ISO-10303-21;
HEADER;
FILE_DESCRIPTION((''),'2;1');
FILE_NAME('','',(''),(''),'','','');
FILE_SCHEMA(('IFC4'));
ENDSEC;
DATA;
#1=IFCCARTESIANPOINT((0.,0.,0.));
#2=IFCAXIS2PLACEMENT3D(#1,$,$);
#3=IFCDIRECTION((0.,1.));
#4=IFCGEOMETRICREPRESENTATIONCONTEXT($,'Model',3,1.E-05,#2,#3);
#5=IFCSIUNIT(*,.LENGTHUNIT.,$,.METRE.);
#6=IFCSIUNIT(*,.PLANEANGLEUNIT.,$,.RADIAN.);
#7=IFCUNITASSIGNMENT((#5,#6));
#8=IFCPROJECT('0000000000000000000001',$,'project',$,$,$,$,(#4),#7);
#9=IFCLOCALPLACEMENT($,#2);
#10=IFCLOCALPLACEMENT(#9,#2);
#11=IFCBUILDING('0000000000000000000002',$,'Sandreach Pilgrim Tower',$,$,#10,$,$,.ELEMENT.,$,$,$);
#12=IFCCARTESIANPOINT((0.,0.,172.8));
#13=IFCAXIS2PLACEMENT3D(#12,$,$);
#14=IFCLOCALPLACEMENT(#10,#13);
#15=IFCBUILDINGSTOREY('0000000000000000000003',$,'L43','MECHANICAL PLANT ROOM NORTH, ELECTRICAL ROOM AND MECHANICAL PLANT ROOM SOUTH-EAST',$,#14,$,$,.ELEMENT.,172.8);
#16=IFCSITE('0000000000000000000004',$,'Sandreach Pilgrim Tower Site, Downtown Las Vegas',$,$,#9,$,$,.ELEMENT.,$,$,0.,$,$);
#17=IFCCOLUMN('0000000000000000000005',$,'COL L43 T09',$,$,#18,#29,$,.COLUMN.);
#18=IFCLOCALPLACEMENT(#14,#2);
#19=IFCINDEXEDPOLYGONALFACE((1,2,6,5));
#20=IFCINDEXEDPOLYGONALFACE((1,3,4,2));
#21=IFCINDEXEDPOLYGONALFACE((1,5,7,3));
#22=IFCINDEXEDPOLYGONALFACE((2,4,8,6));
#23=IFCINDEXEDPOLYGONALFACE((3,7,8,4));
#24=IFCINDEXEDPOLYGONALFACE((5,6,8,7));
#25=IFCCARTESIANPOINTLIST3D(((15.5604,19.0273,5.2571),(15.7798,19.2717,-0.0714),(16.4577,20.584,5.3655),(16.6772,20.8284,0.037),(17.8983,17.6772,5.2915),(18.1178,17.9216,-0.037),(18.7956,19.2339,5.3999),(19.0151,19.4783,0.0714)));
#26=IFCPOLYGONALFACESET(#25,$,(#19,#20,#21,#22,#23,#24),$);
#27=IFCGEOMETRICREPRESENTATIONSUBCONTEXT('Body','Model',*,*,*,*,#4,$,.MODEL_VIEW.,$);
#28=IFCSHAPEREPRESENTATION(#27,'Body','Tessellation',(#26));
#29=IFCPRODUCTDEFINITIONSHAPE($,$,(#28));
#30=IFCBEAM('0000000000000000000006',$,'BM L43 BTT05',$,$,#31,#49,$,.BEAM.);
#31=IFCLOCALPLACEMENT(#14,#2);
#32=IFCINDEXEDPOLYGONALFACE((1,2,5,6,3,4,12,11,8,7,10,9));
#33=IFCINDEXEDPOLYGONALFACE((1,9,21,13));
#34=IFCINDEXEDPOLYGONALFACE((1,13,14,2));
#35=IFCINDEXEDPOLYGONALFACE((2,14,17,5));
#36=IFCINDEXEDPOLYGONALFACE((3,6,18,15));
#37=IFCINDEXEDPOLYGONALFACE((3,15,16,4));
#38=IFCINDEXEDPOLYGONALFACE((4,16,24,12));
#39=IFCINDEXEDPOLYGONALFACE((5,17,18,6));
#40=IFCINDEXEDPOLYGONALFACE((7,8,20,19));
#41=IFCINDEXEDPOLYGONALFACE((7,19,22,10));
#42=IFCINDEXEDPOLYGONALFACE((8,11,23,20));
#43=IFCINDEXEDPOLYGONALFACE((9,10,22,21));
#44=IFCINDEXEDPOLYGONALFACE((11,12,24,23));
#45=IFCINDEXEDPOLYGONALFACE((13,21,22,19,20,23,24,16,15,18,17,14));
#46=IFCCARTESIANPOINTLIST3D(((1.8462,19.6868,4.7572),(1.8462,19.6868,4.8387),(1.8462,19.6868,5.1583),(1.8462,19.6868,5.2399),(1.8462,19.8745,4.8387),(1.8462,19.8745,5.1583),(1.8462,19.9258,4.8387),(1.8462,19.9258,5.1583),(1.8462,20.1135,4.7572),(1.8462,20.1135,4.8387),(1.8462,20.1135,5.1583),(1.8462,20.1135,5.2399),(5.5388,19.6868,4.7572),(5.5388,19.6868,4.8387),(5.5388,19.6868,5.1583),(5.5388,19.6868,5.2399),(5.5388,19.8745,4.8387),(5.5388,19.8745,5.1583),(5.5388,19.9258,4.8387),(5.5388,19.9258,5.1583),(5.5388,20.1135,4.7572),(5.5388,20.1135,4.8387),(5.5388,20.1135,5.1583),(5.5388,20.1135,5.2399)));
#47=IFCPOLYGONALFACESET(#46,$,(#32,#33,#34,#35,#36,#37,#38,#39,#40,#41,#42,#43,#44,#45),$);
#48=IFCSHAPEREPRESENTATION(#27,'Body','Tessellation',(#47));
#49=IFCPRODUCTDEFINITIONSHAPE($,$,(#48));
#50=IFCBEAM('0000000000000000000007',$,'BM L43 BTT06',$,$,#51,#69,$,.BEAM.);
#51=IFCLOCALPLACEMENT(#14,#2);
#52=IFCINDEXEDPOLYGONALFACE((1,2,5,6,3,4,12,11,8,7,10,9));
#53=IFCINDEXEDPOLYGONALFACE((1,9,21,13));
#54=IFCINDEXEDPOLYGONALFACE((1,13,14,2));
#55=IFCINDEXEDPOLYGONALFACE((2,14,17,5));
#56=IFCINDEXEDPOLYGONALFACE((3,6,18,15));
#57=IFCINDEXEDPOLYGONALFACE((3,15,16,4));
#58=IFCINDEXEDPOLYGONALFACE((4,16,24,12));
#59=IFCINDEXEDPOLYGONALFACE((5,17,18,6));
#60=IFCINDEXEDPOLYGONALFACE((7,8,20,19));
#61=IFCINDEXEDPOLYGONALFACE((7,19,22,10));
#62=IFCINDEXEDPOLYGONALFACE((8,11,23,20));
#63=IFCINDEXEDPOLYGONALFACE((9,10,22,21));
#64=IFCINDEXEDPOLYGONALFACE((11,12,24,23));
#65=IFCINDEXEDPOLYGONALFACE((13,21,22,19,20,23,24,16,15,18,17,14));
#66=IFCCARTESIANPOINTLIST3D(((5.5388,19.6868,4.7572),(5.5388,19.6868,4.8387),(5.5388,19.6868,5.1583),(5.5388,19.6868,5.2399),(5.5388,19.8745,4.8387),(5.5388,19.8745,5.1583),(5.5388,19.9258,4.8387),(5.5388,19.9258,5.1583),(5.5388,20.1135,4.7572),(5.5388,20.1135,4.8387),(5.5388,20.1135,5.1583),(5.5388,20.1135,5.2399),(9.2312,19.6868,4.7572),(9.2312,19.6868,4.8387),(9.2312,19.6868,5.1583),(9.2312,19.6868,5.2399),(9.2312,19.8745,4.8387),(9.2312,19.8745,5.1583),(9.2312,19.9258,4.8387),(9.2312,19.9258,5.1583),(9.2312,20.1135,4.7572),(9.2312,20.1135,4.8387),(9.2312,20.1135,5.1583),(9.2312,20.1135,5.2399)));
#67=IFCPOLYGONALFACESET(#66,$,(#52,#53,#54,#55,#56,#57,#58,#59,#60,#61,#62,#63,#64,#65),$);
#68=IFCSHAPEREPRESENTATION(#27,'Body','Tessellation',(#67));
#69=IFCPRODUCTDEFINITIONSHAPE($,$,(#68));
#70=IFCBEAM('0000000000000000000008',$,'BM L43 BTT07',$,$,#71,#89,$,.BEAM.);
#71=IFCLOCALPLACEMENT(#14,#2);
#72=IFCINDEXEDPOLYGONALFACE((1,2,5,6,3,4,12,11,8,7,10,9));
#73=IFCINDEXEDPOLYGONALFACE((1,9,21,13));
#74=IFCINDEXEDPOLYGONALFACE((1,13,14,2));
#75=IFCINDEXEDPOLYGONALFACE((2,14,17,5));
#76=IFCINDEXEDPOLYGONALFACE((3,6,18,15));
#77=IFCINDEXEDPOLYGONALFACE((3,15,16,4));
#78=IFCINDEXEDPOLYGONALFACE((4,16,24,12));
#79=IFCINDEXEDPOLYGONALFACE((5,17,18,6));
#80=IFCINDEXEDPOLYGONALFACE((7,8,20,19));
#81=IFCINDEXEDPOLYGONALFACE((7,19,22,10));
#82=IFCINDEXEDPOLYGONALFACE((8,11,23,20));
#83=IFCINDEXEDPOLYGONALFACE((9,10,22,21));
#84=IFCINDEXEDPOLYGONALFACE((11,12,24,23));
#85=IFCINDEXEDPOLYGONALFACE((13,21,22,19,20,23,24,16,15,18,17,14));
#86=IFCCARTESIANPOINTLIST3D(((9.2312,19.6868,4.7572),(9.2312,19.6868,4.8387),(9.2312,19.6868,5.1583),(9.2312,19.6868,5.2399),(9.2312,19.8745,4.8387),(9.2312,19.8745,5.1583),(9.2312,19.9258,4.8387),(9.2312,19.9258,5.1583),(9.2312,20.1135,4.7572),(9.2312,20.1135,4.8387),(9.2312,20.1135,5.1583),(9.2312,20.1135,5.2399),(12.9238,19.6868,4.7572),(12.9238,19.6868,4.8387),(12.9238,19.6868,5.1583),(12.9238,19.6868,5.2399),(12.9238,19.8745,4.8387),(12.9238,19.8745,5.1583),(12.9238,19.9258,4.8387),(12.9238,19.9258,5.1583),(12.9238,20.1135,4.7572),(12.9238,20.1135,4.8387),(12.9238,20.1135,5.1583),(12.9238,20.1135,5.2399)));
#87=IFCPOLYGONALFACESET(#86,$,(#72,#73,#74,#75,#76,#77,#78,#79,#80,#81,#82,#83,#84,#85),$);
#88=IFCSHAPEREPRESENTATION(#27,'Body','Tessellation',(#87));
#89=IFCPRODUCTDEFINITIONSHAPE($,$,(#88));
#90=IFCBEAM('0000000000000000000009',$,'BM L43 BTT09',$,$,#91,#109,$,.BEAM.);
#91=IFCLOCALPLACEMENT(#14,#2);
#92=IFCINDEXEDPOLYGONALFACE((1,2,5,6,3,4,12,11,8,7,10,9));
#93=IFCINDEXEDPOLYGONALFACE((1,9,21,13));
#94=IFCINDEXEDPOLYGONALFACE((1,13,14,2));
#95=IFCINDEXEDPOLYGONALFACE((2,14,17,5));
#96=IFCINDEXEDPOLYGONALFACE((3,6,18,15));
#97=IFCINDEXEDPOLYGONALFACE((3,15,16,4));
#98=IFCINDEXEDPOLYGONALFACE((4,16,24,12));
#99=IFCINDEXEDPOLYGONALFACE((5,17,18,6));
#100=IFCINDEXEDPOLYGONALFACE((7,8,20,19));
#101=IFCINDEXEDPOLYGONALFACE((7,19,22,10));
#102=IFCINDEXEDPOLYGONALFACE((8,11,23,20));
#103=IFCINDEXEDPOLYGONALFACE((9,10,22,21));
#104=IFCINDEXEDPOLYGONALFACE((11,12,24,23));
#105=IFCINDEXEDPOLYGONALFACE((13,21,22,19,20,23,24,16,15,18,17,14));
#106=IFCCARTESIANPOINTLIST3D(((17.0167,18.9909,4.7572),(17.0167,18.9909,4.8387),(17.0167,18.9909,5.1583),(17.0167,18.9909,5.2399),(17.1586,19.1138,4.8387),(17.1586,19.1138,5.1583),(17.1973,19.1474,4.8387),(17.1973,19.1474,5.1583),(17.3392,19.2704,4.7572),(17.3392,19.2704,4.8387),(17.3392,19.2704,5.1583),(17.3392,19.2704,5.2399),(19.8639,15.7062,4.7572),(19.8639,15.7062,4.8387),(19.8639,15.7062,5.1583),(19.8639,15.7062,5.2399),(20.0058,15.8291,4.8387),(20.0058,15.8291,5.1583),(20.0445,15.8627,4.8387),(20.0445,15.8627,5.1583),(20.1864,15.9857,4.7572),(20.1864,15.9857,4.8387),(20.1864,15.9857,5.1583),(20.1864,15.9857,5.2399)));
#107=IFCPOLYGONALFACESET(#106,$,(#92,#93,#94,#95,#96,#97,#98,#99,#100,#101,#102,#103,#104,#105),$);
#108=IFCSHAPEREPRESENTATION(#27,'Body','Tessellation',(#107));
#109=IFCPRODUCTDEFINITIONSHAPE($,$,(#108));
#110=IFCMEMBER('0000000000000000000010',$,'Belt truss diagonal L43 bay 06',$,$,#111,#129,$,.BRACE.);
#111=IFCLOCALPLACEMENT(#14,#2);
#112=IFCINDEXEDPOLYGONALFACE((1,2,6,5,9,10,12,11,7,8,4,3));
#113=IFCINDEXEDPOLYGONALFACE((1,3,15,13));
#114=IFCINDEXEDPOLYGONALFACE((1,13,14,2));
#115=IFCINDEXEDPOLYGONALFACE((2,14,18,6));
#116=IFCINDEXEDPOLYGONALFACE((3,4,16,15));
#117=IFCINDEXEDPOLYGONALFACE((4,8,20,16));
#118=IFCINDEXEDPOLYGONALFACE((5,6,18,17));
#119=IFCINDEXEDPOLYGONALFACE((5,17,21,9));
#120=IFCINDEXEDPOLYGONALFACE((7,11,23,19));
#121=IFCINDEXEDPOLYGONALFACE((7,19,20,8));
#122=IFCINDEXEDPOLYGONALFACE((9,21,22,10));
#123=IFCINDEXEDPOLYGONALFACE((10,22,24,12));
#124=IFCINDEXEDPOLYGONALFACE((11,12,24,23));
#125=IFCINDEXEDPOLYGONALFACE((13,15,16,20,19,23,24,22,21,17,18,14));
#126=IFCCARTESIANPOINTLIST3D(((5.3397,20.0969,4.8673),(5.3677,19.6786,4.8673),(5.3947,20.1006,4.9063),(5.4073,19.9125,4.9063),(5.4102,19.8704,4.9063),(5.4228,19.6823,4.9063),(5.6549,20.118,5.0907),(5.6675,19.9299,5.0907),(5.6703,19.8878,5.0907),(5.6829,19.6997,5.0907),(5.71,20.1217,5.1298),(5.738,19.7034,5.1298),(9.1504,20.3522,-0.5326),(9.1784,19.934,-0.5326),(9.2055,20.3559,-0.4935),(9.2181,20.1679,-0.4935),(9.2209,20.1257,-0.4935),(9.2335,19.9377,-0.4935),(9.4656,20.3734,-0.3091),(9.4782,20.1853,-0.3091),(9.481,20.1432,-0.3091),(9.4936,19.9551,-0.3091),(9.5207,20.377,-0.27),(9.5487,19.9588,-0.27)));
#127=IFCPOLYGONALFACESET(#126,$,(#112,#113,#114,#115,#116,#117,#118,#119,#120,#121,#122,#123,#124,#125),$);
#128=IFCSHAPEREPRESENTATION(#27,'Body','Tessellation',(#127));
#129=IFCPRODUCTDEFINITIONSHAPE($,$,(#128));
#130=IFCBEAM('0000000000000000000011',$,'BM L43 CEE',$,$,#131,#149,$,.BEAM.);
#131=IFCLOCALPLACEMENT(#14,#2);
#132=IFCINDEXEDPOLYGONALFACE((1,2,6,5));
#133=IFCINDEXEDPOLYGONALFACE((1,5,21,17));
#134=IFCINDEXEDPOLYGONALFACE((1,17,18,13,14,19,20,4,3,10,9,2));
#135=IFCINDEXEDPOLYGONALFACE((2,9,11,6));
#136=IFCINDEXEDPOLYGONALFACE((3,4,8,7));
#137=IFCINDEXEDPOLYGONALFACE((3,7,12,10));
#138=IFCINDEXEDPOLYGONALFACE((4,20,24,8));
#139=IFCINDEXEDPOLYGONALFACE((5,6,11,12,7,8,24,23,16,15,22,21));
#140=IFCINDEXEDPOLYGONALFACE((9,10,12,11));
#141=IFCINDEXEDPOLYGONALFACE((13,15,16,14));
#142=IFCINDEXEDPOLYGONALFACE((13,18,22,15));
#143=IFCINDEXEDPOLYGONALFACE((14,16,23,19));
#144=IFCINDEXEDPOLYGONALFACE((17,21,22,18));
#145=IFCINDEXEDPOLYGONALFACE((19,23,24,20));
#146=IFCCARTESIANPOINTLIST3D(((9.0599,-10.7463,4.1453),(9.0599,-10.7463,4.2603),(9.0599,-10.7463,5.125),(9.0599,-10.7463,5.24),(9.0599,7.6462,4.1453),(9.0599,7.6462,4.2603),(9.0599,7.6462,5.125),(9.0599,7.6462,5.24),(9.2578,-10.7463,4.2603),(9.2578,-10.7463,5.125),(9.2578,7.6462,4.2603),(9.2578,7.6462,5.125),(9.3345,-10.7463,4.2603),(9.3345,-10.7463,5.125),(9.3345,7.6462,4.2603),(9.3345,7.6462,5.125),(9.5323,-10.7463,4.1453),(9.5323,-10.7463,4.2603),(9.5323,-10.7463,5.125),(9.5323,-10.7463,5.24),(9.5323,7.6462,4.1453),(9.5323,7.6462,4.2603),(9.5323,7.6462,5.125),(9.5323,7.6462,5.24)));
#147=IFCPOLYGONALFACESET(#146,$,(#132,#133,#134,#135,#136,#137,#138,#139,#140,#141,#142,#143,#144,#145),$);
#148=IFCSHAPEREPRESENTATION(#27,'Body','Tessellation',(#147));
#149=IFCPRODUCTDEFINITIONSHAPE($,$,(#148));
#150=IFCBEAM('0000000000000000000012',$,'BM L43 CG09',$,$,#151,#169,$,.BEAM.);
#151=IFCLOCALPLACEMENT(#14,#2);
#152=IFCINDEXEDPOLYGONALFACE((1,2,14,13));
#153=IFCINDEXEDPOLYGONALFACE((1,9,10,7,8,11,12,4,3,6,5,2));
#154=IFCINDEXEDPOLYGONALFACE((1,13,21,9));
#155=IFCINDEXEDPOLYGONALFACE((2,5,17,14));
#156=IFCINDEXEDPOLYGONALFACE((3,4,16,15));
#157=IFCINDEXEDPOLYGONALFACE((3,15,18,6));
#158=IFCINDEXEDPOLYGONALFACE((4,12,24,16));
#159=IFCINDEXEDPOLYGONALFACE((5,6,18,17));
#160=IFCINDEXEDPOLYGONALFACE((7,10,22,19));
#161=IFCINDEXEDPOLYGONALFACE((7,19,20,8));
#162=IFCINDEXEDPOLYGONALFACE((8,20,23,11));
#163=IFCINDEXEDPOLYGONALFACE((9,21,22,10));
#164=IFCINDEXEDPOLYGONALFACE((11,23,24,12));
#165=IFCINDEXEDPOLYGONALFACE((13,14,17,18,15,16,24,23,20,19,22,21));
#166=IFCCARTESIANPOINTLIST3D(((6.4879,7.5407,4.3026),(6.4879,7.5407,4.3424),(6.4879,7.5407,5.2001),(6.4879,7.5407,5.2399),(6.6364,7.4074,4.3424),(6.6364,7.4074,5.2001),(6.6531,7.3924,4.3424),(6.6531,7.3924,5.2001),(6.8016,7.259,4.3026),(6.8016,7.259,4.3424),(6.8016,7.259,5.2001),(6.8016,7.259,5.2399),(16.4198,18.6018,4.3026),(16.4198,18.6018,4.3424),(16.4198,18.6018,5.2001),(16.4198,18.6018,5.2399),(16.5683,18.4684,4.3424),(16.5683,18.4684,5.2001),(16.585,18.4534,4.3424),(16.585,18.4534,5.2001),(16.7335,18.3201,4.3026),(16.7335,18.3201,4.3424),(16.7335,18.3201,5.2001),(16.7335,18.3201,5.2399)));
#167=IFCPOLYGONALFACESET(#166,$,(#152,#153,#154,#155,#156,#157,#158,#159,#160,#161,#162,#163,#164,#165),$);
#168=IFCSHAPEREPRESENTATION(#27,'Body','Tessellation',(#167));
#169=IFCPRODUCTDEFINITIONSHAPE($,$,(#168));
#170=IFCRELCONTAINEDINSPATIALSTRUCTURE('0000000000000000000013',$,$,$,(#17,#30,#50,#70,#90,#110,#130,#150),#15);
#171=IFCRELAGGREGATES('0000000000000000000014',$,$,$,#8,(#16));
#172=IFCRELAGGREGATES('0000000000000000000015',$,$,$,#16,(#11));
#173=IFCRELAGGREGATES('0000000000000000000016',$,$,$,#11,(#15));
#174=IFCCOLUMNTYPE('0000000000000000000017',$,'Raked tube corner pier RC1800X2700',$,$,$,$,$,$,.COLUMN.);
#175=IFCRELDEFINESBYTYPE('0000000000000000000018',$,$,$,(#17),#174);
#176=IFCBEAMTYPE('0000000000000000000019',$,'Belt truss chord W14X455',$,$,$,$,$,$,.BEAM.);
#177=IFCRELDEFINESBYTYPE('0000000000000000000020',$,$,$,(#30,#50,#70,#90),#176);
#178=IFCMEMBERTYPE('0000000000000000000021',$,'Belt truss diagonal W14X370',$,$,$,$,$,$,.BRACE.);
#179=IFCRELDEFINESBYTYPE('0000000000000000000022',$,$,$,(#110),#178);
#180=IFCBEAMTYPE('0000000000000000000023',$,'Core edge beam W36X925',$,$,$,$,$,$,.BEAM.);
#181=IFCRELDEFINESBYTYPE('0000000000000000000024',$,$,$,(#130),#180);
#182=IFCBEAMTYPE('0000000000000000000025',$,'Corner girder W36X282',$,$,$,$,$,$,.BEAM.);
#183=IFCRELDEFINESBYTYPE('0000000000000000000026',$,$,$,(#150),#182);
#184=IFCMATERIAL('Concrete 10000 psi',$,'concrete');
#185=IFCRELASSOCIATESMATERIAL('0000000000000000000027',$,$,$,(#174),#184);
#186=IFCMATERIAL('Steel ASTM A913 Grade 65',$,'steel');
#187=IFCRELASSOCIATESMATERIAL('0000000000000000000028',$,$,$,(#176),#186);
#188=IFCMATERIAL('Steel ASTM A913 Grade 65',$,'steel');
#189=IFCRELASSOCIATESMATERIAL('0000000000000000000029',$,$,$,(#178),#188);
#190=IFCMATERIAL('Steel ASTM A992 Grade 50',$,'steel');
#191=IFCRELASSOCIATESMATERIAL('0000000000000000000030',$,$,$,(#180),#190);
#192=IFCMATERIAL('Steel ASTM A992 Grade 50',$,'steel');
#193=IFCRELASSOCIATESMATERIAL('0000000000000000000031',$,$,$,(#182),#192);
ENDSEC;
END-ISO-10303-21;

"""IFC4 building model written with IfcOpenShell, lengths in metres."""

from ifc_helpers import new_model, si_unit, direction, frame, origin, origin_2d, place, context, subcontext, project, spatial, rectangle, i_section, extrude, material, material_profile, profile_set, type_object, element, save


model = new_model("IFC4")

# Units and contexts
model_context = context("Model", 3, precision=1e-05, world=origin(), true_north=direction((0.0, 1.0)))
body_context = subcontext(model_context, "Body", "Model", "MODEL_VIEW")
ifc_project = project(units=[si_unit("LENGTHUNIT", "METRE"), si_unit("PLANEANGLEUNIT", "RADIAN")], contexts=[model_context])

# Site, building, storey
site_placement = place(None, origin())
site = spatial("IfcSite", under=ifc_project, at=site_placement, Name="Sandreach Pilgrim Tower Site, Downtown Las Vegas", CompositionType="ELEMENT", RefElevation=0.0)
building_placement = place(site_placement, origin())
building = spatial("IfcBuilding", under=site, at=building_placement, Name="Sandreach Pilgrim Tower", CompositionType="ELEMENT")
storey_placement = place(building_placement, frame((0.0, 0.0, 172.8)))
storey = spatial("IfcBuildingStorey", under=building, at=storey_placement, Name="L43", Description="MECHANICAL PLANT ROOM NORTH, ELECTRICAL ROOM AND MECHANICAL PLANT ROOM SOUTH-EAST", CompositionType="ELEMENT", Elevation=172.8)

# Column
ifc_material_1 = material(Name="Concrete 10000 psi", Category="concrete")
ifc_material_profile_1 = material_profile(ifc_material_1, rectangle(XDim=1.8, YDim=2.7, at=origin_2d()), Name="RC1800X2700")
ifc_profile_set_1 = profile_set([ifc_material_profile_1], Name="Concrete 10000 psi")
column_type = type_object("IfcColumnType", Name="Raked tube corner pier RC1800X2700", PredefinedType="COLUMN", material=ifc_profile_set_1)
column_placement = place(storey_placement, frame((17.3975, 19.375, 0.0), z_axis=(-0.041111, -0.045776, 0.998105), x_axis=(0.498507, 0.864793, 0.060195)))
element("IfcColumn", 1, at=column_placement, inside=storey, type_object=column_type, Name="COL L43 T09", PredefinedType="COLUMN", context=body_context, shape_type="SweptSolid", body=[
    extrude(rectangle(XDim=1.8, YDim=2.7, at=origin_2d()), origin(), (0.0, 0.0, 1.0), 5.3386),
])

# Beams
ifc_material_2 = material(Name="Steel ASTM A913 Grade 65", Category="steel")
ifc_material_profile_2 = material_profile(ifc_material_2, i_section(OverallWidth=0.4268, OverallDepth=0.4827, WebThickness=0.0513, FlangeThickness=0.0815, at=origin_2d()), Name="W14X455")
ifc_profile_set_2 = profile_set([ifc_material_profile_2], Name="Steel ASTM A913 Grade 65")
beam_type_1 = type_object("IfcBeamType", Name="Belt truss chord W14X455", PredefinedType="BEAM", material=ifc_profile_set_2)
beam_1_placement = place(storey_placement, frame((1.8462, 19.9001, 4.9985), z_axis=(1.0, 0.0, 0.0), x_axis=(0.0, 1.0, 0.0)))
element("IfcBeam", 2, at=beam_1_placement, inside=storey, type_object=beam_type_1, Name="BM L43 BTT05", PredefinedType="BEAM", context=body_context, shape_type="SweptSolid", body=[
    extrude(i_section(OverallWidth=0.4268, OverallDepth=0.4827, WebThickness=0.0513, FlangeThickness=0.0815, at=origin_2d()), origin(), (0.0, 0.0, 1.0), 3.6926),
])
beam_2_placement = place(storey_placement, frame((5.5388, 19.9001, 4.9985), z_axis=(1.0, 0.0, 0.0), x_axis=(0.0, 1.0, 0.0)))
element("IfcBeam", 3, at=beam_2_placement, inside=storey, type_object=beam_type_1, Name="BM L43 BTT06", PredefinedType="BEAM", context=body_context, shape_type="SweptSolid", body=[
    extrude(i_section(OverallWidth=0.4268, OverallDepth=0.4827, WebThickness=0.0513, FlangeThickness=0.0815, at=origin_2d()), origin(), (0.0, 0.0, 1.0), 3.6924),
])
beam_3_placement = place(storey_placement, frame((9.2312, 19.9001, 4.9985), z_axis=(1.0, 0.0, 0.0), x_axis=(0.0, 1.0, 0.0)))
element("IfcBeam", 4, at=beam_3_placement, inside=storey, type_object=beam_type_1, Name="BM L43 BTT07", PredefinedType="BEAM", context=body_context, shape_type="SweptSolid", body=[
    extrude(i_section(OverallWidth=0.4268, OverallDepth=0.4827, WebThickness=0.0513, FlangeThickness=0.0815, at=origin_2d()), origin(), (0.0, 0.0, 1.0), 3.6926),
])
beam_4_placement = place(storey_placement, frame((17.178, 19.1306, 4.9985), z_axis=(0.65499, -0.755637, 0.0), x_axis=(0.755637, 0.65499, 0.0)))
element("IfcBeam", 5, at=beam_4_placement, inside=storey, type_object=beam_type_1, Name="BM L43 BTT09", PredefinedType="BEAM", context=body_context, shape_type="SweptSolid", body=[
    extrude(i_section(OverallWidth=0.4268, OverallDepth=0.4827, WebThickness=0.0513, FlangeThickness=0.0815, at=origin_2d()), origin(), (0.0, 0.0, 1.0), 4.3469),
])

# Member
ifc_material_3 = material(Name="Steel ASTM A913 Grade 65", Category="steel")
ifc_material_profile_3 = material_profile(ifc_material_3, i_section(OverallWidth=0.4192, OverallDepth=0.4546, WebThickness=0.0422, FlangeThickness=0.0676, at=origin_2d()), Name="W14X370")
ifc_profile_set_3 = profile_set([ifc_material_profile_3], Name="Steel ASTM A913 Grade 65")
member_type = type_object("IfcMemberType", Name="Belt truss diagonal W14X370", PredefinedType="BRACE", material=ifc_profile_set_3)
member_placement = place(storey_placement, frame((5.5388, 19.9001, 4.9985), z_axis=(0.576162, 0.03861, -0.816423), x_axis=(-0.066863, 0.997762, 0.0)))
element("IfcMember", 6, at=member_placement, inside=storey, type_object=member_type, Name="Belt truss diagonal L43 bay 06", PredefinedType="BRACE", context=body_context, shape_type="SweptSolid", body=[
    extrude(i_section(OverallWidth=0.4192, OverallDepth=0.4546, WebThickness=0.0422, FlangeThickness=0.0676, at=origin_2d()), origin(), (0.0, 0.0, 1.0), 6.614),
])

# Beams
ifc_material_4 = material(Name="Steel ASTM A992 Grade 50", Category="steel")
ifc_material_profile_4 = material_profile(ifc_material_4, i_section(OverallWidth=0.4724, OverallDepth=1.0947, WebThickness=0.0767, FlangeThickness=0.115, at=origin_2d()), Name="W36X925")
ifc_profile_set_4 = profile_set([ifc_material_profile_4], Name="Steel ASTM A992 Grade 50")
beam_type_2 = type_object("IfcBeamType", Name="Core edge beam W36X925", PredefinedType="BEAM", material=ifc_profile_set_4)
beam_5_placement = place(storey_placement, frame((9.2961, 7.6462, 4.6926), z_axis=(0.0, -1.0, 0.0), x_axis=(1.0, 0.0, 0.0)))
element("IfcBeam", 7, at=beam_5_placement, inside=storey, type_object=beam_type_2, Name="BM L43 CEE", PredefinedType="BEAM", context=body_context, shape_type="SweptSolid", body=[
    extrude(i_section(OverallWidth=0.4724, OverallDepth=1.0947, WebThickness=0.0767, FlangeThickness=0.115, at=origin_2d()), origin(), (0.0, 0.0, 1.0), 18.3926),
])
ifc_material_5 = material(Name="Steel ASTM A992 Grade 50", Category="steel")
ifc_material_profile_5 = material_profile(ifc_material_5, i_section(OverallWidth=0.4216, OverallDepth=0.9373, WebThickness=0.0225, FlangeThickness=0.0398, at=origin_2d()), Name="W36X282")
ifc_profile_set_5 = profile_set([ifc_material_profile_5], Name="Steel ASTM A992 Grade 50")
beam_type_3 = type_object("IfcBeamType", Name="Corner girder W36X282", PredefinedType="BEAM", material=ifc_profile_set_5)
beam_6_placement = place(storey_placement, frame((16.5767, 18.4609, 4.7712), z_axis=(-0.668108, -0.744065, 0.0), x_axis=(0.744065, -0.668108, 0.0)))
element("IfcBeam", 8, at=beam_6_placement, inside=storey, type_object=beam_type_3, Name="BM L43 CG09", PredefinedType="BEAM", context=body_context, shape_type="SweptSolid", body=[
    extrude(i_section(OverallWidth=0.4216, OverallDepth=0.9373, WebThickness=0.0225, FlangeThickness=0.0398, at=origin_2d()), origin(), (0.0, 0.0, 1.0), 14.8657),
])

save(model, "model.ifc")
